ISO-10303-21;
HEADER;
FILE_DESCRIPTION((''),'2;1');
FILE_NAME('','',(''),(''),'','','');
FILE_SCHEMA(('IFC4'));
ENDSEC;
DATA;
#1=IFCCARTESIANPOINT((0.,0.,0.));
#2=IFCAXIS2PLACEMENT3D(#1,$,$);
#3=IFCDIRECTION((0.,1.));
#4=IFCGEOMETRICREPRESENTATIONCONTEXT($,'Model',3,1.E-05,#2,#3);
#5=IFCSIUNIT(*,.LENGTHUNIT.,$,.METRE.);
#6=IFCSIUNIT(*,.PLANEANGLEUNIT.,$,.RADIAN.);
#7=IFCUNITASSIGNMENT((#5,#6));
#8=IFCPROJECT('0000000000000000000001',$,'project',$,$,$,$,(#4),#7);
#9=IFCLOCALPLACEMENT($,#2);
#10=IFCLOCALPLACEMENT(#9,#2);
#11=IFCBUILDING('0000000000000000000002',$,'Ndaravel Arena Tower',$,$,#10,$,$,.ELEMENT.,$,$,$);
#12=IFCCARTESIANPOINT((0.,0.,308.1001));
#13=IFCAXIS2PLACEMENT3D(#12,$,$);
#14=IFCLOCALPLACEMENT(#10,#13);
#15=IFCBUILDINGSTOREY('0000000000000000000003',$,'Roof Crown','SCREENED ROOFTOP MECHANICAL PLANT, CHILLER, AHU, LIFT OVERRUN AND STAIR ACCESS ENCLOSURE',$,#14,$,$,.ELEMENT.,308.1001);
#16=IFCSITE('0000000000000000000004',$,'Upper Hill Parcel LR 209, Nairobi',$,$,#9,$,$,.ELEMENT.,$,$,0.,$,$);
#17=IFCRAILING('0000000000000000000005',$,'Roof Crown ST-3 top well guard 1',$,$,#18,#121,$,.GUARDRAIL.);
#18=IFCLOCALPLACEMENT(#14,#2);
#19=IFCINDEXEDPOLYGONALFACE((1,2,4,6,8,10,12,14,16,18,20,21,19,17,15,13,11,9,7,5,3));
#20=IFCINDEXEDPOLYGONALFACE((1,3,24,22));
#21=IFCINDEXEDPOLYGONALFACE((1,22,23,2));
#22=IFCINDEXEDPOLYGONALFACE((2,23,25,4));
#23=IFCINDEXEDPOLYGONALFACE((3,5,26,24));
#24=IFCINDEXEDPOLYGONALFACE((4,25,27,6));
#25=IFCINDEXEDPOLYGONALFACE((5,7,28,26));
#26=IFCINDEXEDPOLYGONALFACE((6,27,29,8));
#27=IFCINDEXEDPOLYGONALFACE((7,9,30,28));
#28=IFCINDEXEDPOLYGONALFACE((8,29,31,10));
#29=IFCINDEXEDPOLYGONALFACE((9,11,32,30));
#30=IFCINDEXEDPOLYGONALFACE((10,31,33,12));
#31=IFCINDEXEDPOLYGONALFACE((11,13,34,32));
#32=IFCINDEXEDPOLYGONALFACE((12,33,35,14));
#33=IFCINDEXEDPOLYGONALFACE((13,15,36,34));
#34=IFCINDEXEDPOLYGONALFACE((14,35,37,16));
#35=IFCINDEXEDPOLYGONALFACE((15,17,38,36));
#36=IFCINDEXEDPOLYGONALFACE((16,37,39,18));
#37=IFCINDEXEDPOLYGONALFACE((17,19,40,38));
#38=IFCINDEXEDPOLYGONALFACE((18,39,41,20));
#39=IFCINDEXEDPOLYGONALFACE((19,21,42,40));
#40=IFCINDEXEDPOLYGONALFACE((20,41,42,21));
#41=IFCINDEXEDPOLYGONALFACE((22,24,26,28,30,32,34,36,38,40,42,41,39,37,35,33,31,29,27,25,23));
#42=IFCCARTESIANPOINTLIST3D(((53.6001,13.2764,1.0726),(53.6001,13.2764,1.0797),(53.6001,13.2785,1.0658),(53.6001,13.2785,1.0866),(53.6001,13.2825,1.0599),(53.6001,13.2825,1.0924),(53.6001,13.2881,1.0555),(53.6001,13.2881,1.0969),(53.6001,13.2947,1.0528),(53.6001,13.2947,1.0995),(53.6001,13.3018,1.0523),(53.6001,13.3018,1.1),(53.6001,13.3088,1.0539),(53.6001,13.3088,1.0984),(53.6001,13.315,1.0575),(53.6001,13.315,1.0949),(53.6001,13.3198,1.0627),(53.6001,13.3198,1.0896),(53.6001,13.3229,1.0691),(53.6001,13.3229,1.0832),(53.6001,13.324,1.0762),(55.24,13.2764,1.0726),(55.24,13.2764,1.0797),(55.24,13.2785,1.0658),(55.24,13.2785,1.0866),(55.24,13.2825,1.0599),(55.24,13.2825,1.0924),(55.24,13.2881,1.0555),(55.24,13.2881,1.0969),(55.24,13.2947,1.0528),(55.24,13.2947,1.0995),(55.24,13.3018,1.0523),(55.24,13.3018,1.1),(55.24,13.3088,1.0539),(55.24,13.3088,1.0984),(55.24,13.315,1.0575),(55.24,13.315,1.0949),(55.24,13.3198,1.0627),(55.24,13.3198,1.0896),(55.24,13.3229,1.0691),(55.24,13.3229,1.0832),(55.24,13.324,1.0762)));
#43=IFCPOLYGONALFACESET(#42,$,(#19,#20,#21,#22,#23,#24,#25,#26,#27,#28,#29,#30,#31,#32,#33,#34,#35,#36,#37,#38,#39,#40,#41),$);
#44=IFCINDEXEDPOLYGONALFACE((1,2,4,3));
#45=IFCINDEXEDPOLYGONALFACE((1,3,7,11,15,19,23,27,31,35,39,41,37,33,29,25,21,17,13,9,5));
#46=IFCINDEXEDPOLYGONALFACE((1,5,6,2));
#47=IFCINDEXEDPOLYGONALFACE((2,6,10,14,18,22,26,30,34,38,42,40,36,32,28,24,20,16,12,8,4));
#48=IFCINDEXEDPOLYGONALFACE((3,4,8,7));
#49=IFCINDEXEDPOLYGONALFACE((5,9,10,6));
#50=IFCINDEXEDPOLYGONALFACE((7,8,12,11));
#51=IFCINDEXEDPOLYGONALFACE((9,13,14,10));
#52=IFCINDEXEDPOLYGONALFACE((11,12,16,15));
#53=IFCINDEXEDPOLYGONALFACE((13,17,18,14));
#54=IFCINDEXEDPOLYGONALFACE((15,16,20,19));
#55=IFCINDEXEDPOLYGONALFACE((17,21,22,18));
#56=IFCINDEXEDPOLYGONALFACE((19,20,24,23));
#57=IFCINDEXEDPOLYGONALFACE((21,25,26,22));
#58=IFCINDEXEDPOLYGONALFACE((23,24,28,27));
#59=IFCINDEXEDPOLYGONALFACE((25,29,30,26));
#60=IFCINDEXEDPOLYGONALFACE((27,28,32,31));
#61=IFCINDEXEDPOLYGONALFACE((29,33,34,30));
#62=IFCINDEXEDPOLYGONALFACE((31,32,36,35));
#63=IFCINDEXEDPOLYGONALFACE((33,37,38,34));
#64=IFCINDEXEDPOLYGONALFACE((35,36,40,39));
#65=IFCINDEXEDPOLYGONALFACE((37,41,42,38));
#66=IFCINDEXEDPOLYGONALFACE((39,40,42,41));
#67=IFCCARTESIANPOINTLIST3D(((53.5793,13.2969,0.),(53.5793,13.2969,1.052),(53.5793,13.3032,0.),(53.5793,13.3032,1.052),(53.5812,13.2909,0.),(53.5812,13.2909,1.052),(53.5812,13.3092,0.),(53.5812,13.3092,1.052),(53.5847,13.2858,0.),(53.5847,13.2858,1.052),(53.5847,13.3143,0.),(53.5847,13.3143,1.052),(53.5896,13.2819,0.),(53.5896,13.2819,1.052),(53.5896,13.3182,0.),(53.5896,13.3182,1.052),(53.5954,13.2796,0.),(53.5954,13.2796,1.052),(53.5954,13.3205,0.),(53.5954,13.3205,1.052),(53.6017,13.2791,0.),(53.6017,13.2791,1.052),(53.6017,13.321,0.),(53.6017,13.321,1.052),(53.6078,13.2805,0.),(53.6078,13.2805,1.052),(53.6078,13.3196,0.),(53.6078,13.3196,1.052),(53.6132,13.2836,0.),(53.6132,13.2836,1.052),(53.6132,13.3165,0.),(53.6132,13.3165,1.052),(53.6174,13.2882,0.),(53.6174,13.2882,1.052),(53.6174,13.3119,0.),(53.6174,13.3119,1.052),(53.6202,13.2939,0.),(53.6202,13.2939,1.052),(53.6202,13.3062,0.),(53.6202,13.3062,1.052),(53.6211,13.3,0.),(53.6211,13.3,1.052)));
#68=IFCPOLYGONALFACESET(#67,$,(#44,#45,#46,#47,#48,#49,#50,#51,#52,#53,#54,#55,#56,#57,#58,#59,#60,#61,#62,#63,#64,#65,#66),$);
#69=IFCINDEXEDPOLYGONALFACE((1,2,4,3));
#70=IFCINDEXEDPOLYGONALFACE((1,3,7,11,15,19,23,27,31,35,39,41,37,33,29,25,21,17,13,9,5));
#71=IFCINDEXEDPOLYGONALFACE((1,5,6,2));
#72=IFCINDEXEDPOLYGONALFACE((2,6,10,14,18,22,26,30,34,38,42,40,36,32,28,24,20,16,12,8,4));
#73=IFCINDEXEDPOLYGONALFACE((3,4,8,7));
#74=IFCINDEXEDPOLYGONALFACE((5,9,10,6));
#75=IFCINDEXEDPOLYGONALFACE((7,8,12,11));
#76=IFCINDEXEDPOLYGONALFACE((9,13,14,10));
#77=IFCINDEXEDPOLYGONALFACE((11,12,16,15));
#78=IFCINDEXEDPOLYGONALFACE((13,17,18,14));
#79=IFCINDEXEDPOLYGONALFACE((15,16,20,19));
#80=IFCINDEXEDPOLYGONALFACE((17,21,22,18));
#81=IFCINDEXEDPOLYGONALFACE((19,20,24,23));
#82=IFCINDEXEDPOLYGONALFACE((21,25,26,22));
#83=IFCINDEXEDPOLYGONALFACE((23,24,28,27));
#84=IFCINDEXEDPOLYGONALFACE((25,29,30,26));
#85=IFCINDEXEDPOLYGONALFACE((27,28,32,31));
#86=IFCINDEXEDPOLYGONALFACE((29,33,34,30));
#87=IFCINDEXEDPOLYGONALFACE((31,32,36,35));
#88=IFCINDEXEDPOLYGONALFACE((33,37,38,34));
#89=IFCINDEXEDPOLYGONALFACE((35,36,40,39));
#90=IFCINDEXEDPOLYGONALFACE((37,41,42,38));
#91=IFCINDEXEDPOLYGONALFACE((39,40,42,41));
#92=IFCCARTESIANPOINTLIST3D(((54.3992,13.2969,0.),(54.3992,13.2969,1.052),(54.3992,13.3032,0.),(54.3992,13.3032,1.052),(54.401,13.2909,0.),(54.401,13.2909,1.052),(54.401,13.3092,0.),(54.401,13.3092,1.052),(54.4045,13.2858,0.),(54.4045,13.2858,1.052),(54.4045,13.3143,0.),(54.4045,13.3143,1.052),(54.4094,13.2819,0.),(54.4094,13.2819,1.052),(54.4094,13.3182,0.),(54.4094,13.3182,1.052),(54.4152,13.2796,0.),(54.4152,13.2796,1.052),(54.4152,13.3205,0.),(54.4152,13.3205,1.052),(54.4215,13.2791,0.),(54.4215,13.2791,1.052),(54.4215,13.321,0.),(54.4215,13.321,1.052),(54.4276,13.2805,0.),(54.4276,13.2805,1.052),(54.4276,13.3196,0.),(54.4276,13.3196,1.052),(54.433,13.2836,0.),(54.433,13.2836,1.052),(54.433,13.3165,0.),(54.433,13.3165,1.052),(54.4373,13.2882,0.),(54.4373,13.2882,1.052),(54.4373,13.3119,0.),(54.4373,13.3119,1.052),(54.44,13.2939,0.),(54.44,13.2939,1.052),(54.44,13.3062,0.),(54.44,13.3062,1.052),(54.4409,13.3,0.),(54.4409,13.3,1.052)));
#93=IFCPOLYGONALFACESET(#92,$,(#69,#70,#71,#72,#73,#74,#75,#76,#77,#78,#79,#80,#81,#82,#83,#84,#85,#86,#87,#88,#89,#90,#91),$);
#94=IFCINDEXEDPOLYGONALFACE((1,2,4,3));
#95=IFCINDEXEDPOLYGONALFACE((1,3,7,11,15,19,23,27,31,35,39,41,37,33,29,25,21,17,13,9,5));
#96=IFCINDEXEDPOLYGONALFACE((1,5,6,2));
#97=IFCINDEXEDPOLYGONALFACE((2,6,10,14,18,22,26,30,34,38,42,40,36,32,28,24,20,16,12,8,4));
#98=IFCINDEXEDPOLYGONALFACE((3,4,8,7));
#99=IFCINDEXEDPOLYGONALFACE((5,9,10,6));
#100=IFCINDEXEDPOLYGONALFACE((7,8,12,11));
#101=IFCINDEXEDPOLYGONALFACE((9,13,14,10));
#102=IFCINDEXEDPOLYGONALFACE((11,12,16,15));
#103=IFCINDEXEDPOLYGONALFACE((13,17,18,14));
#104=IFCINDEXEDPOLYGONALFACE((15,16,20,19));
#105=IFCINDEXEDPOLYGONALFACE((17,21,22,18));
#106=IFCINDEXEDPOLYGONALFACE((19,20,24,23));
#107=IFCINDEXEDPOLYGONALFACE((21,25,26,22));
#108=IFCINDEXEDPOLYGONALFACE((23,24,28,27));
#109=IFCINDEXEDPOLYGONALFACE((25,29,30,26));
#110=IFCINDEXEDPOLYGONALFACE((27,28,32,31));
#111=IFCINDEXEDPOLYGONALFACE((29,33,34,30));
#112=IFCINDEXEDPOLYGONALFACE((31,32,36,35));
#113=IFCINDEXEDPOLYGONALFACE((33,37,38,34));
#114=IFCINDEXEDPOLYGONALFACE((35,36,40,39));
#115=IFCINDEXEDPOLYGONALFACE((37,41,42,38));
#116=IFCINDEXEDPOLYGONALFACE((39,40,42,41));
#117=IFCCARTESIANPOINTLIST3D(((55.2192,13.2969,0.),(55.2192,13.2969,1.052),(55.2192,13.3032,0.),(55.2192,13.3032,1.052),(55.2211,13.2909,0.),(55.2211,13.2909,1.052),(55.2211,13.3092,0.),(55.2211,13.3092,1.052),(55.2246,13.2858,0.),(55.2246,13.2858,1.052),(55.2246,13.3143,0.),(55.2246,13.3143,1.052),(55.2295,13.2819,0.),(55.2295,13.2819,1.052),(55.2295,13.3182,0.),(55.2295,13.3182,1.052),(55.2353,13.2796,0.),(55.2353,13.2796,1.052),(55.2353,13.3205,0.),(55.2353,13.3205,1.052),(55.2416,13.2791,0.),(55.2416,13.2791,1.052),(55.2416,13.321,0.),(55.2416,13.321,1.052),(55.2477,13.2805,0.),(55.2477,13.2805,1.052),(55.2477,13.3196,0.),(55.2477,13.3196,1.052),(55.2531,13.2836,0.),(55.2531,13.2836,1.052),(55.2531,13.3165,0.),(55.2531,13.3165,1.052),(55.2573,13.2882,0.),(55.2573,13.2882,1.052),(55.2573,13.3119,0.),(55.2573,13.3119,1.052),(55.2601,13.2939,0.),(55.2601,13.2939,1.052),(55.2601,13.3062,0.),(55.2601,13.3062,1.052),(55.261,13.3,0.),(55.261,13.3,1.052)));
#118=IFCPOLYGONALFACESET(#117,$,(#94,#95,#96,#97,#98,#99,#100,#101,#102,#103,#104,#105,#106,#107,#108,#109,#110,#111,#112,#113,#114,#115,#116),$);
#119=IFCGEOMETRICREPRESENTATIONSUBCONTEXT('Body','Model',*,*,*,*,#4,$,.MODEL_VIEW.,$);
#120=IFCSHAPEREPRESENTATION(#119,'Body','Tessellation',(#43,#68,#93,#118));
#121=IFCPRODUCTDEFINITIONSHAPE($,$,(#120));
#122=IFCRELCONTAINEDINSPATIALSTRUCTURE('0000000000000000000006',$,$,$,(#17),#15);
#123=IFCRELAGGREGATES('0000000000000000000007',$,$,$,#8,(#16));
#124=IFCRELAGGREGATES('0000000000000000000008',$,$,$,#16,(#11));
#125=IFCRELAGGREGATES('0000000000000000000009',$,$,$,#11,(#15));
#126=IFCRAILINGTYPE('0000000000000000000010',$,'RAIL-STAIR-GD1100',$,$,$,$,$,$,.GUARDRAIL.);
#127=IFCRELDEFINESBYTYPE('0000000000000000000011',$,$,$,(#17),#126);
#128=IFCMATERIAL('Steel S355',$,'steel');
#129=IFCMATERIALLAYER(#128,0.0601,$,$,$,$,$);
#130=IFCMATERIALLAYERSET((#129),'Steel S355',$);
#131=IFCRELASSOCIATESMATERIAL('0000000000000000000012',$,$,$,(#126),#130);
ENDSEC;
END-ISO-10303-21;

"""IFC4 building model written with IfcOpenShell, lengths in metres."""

from ifc_helpers import new_model, si_unit, direction, frame, origin, origin_2d, place, context, subcontext, project, spatial, circle, extrude, material, layer, layer_set, type_object, element, save


model = new_model("IFC4")

# Units and contexts
model_context = context("Model", 3, precision=1e-05, world=origin(), true_north=direction((0.0, 1.0)))
body_context = subcontext(model_context, "Body", "Model", "MODEL_VIEW")
ifc_project = project(units=[si_unit("LENGTHUNIT", "METRE"), si_unit("PLANEANGLEUNIT", "RADIAN")], contexts=[model_context])

# Site, building, storey
site_placement = place(None, origin())
site = spatial("IfcSite", under=ifc_project, at=site_placement, Name="Upper Hill Parcel LR 209, Nairobi", CompositionType="ELEMENT", RefElevation=0.0)
building_placement = place(site_placement, origin())
building = spatial("IfcBuilding", under=site, at=building_placement, Name="Ndaravel Arena Tower", CompositionType="ELEMENT")
storey_placement = place(building_placement, frame((0.0, 0.0, 308.1001)))
storey = spatial("IfcBuildingStorey", under=building, at=storey_placement, Name="Roof Crown", Description="SCREENED ROOFTOP MECHANICAL PLANT, CHILLER, AHU, LIFT OVERRUN AND STAIR ACCESS ENCLOSURE", CompositionType="ELEMENT", Elevation=308.1001)

# Railing
ifc_material_1 = material(Name="Steel S355", Category="steel")
ifc_layer_1 = layer(ifc_material_1, 0.0601)
ifc_layer_set_1 = layer_set([ifc_layer_1], Name="Steel S355")
railing_type = type_object("IfcRailingType", Name="RAIL-STAIR-GD1100", PredefinedType="GUARDRAIL", material=ifc_layer_set_1)
railing_1_placement = place(storey_placement, frame((53.6001, 13.3, 0.0)))
element("IfcRailing", 1, at=railing_1_placement, inside=storey, type_object=railing_type, Name="Roof Crown ST-3 top well guard 1", PredefinedType="GUARDRAIL", context=body_context, shape_type="SweptSolid", body=[
    extrude(circle(Radius=0.0239, at=origin_2d()), frame((0.0, 0.0, 1.0762), z_axis=(1.0, 0.0, 0.0), x_axis=(0.0, 1.0, 0.0)), (0.0, 0.0, 1.0), 1.6399),
    extrude(circle(Radius=0.021, at=origin_2d()), origin(), (0.0, 0.0, 1.0), 1.052),
    extrude(circle(Radius=0.021, at=origin_2d()), frame((0.8198, 0.0, 0.0)), (0.0, 0.0, 1.0), 1.052),
    extrude(circle(Radius=0.021, at=origin_2d()), frame((1.6399, 0.0, 0.0)), (0.0, 0.0, 1.0), 1.052),
])

save(model, "model.ifc")
